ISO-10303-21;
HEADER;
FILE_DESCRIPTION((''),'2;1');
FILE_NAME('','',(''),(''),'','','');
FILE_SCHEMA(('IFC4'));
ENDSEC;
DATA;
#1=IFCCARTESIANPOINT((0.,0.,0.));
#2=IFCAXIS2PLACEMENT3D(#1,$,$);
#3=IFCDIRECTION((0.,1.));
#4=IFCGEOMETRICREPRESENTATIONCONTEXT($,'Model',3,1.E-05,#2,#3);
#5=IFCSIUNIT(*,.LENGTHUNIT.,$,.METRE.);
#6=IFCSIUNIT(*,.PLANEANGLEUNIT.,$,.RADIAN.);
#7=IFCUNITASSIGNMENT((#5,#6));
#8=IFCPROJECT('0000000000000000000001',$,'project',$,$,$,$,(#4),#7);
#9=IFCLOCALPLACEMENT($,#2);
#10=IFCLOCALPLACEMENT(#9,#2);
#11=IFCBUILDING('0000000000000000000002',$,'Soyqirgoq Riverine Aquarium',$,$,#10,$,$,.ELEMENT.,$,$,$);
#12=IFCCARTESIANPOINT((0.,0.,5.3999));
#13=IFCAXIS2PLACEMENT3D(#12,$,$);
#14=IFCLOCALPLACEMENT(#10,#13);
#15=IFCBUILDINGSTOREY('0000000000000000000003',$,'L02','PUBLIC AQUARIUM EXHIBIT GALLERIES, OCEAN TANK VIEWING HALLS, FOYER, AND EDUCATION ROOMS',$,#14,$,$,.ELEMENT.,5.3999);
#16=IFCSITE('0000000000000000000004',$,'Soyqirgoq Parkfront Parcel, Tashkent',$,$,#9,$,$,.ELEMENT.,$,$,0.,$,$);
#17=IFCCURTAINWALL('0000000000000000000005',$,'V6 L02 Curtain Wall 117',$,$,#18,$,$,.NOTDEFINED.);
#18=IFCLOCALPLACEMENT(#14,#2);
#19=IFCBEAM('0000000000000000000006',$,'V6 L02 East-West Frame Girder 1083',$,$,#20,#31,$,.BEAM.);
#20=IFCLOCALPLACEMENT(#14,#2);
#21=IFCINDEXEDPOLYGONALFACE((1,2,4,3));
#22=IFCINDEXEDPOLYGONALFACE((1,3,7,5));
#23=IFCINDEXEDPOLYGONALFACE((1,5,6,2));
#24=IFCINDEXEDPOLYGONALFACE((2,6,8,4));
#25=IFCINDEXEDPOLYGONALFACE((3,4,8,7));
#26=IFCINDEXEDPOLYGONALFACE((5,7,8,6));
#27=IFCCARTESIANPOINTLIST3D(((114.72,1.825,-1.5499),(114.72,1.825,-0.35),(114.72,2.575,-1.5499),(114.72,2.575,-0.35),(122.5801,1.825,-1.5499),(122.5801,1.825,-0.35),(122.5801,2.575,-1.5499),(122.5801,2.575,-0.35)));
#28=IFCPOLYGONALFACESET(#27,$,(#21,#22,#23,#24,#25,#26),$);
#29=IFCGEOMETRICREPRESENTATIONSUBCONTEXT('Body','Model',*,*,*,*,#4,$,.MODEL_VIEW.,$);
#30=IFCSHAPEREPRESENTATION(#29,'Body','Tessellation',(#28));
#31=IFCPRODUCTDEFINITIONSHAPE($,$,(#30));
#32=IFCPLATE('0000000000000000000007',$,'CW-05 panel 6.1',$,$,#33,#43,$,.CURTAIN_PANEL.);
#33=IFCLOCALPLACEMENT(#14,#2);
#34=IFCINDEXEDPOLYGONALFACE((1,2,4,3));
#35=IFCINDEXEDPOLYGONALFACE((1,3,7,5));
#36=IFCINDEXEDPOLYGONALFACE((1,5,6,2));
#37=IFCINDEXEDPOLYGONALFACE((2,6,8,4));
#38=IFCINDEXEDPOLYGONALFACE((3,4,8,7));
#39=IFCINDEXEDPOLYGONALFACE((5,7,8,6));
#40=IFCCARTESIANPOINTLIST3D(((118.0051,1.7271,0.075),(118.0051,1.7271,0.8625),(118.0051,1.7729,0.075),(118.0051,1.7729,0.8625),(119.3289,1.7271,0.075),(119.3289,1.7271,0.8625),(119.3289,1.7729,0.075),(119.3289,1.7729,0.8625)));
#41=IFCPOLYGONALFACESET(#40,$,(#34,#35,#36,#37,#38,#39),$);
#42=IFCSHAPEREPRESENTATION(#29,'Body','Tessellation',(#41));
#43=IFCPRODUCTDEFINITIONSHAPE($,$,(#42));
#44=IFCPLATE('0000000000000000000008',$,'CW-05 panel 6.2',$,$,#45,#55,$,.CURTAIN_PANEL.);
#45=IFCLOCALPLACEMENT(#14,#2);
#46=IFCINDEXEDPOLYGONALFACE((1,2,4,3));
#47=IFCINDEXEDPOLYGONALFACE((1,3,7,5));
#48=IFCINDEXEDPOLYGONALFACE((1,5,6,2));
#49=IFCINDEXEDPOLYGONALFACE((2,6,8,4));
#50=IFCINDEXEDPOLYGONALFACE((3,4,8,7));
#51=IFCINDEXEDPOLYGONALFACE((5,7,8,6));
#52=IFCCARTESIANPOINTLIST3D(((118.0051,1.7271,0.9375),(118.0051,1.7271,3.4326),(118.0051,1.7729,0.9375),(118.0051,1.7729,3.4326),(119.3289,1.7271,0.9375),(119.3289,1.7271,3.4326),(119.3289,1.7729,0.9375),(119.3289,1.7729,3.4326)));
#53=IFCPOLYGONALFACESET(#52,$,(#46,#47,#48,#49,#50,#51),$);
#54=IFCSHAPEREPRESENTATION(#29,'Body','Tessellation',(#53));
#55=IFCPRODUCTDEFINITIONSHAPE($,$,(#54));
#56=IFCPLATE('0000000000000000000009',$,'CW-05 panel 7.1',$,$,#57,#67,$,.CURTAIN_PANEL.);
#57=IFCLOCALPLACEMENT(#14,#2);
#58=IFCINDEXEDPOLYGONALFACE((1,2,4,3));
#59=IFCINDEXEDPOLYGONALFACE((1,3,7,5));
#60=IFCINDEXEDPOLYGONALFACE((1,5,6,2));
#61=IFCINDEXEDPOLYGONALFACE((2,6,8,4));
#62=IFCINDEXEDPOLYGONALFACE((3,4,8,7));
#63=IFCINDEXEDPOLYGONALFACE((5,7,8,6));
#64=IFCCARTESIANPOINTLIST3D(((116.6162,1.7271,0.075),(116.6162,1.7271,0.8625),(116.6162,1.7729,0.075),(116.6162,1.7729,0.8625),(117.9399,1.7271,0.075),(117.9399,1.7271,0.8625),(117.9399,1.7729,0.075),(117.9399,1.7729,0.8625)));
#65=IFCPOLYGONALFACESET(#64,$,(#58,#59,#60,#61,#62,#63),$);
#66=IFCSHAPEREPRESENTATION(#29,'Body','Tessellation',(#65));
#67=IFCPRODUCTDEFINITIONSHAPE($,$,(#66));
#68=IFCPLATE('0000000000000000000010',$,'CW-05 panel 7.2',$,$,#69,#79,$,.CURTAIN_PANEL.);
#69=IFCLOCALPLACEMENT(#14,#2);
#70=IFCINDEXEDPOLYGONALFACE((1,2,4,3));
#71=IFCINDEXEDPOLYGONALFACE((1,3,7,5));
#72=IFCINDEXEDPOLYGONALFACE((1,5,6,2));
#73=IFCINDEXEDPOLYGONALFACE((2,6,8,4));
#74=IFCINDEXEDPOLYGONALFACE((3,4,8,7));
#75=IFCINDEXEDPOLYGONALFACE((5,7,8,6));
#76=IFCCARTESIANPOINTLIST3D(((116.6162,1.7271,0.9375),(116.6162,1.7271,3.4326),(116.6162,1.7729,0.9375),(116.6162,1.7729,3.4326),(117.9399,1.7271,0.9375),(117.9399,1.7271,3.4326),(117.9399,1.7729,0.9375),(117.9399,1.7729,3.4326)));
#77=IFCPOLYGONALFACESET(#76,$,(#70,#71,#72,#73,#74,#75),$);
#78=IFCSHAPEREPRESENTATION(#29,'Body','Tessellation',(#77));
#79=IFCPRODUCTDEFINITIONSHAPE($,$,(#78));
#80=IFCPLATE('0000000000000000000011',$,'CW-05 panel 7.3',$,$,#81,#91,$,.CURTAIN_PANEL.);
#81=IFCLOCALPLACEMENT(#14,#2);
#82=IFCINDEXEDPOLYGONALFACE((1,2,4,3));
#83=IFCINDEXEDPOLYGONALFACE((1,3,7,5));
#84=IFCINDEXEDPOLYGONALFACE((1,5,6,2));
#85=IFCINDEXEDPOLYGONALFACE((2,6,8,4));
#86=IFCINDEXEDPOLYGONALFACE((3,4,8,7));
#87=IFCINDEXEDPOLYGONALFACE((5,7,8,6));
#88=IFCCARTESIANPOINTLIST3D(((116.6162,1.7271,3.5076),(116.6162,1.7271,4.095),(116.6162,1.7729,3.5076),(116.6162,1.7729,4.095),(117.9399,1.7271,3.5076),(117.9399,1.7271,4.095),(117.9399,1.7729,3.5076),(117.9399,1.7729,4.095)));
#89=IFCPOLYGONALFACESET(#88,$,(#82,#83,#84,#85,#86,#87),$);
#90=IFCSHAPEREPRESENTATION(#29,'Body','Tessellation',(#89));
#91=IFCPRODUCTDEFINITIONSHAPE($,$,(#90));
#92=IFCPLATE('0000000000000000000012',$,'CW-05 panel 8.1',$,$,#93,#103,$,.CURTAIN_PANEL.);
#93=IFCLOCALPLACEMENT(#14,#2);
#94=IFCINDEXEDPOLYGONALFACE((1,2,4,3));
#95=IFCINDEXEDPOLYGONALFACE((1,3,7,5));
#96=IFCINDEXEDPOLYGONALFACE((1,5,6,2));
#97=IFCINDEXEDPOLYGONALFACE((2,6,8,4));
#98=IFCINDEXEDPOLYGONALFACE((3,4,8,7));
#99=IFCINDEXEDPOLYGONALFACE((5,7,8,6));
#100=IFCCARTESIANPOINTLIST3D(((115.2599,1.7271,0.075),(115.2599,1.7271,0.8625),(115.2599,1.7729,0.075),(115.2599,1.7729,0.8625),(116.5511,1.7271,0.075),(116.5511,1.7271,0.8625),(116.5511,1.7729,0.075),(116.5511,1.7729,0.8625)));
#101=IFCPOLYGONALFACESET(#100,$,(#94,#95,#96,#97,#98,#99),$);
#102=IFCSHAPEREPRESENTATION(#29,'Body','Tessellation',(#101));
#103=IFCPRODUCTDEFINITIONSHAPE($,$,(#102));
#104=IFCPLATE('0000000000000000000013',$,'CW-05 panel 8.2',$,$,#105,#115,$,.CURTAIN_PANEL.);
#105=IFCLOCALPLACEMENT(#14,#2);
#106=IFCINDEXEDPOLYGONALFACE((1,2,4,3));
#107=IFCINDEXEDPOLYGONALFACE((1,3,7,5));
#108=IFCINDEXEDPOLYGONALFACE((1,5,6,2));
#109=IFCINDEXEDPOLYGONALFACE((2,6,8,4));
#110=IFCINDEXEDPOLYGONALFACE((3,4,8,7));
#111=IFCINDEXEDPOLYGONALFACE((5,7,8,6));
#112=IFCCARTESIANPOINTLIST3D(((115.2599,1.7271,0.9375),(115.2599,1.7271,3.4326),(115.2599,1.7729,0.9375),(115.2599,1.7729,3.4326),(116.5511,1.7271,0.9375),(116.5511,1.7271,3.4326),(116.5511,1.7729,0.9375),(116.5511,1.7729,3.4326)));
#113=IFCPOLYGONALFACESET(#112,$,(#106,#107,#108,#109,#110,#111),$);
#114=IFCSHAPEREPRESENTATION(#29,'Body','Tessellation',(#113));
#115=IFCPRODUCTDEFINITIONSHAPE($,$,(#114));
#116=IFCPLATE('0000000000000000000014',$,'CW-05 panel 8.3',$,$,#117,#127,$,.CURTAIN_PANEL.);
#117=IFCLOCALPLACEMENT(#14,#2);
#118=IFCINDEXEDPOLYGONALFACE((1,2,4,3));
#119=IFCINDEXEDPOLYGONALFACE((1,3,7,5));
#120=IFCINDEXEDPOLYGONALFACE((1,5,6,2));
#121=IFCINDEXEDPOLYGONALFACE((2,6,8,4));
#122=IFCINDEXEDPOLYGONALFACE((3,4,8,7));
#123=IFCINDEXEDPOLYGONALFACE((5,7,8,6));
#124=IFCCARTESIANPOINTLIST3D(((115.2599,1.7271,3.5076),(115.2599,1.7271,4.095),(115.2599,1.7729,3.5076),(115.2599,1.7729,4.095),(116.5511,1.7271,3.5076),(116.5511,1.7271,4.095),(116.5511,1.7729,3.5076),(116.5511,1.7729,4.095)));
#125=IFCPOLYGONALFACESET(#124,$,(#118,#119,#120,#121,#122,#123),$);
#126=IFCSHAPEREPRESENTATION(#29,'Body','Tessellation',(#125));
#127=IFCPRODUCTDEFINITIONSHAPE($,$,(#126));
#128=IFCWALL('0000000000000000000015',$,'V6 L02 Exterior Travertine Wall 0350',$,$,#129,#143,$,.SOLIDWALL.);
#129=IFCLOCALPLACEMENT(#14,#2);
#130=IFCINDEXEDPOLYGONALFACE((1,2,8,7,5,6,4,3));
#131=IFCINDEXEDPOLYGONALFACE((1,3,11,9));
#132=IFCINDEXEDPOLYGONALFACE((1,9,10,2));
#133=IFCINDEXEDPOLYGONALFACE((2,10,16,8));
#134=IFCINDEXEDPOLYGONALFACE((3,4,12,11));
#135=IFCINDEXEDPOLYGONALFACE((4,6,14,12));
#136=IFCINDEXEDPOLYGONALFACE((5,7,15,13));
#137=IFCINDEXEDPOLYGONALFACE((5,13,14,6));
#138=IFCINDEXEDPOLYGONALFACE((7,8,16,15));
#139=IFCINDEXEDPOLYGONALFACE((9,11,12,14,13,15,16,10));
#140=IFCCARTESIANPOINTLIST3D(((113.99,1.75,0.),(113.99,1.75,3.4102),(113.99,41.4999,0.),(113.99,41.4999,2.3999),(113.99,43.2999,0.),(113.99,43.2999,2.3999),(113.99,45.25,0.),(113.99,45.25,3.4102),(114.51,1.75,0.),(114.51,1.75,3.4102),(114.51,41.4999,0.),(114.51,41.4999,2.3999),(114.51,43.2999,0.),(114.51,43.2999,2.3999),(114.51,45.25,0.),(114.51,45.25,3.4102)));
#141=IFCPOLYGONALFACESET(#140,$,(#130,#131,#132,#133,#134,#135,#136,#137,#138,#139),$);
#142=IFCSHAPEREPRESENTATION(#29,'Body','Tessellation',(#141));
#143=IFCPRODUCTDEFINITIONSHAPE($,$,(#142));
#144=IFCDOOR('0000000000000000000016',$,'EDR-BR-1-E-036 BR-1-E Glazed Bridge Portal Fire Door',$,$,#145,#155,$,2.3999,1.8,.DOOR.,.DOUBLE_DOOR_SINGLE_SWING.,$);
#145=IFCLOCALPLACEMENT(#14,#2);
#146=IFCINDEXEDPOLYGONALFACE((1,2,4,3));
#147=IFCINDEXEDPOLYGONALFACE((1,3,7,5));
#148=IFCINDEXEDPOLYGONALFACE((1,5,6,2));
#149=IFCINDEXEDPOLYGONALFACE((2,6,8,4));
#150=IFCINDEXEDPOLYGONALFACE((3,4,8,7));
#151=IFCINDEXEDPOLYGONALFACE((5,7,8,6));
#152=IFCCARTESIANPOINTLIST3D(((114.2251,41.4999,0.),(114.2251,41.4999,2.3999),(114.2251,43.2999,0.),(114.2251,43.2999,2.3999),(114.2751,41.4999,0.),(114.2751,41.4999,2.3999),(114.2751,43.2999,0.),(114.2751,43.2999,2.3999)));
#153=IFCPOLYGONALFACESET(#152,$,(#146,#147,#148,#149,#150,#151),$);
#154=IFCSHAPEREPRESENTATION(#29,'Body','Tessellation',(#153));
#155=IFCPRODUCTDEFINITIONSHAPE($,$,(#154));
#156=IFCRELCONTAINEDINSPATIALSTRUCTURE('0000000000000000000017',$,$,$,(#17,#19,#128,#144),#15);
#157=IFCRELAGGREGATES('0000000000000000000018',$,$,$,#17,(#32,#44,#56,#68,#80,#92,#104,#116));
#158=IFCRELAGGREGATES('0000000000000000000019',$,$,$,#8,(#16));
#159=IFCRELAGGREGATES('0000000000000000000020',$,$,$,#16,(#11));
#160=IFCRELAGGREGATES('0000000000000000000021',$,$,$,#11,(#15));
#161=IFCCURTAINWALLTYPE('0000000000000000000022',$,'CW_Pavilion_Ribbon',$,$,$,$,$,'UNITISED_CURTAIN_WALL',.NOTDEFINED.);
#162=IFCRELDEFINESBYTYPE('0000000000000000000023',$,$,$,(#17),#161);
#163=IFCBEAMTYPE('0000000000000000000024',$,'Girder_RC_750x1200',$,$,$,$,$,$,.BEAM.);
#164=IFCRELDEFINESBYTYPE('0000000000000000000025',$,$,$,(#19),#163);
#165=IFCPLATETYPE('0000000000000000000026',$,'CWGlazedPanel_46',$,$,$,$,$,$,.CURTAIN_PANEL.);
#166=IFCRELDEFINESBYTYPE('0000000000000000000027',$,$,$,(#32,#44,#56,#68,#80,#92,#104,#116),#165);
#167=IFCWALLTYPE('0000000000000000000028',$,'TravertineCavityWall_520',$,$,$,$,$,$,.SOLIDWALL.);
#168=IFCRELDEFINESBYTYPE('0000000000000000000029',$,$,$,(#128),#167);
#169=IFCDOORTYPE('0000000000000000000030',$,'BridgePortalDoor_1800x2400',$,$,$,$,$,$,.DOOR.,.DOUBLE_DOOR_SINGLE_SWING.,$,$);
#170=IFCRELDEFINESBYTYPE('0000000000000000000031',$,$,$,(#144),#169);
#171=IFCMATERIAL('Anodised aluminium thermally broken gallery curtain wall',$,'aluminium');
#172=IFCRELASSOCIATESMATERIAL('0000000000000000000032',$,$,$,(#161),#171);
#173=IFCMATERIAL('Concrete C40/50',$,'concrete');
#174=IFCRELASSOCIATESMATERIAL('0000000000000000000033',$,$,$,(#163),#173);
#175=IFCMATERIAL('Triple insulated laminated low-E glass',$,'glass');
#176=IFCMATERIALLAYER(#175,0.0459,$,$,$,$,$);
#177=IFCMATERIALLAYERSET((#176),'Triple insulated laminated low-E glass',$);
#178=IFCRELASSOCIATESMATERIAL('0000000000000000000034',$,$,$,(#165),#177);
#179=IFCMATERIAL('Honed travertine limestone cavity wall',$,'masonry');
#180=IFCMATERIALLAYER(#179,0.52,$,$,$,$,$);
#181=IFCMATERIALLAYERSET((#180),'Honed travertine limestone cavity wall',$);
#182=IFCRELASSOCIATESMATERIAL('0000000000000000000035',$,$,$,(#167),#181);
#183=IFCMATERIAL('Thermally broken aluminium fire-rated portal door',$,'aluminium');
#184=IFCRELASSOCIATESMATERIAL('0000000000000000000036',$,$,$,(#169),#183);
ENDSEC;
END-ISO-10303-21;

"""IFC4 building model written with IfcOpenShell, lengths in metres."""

from ifc_helpers import new_model, si_unit, direction, frame, frame_2d, origin, origin_2d, place, context, subcontext, project, spatial, rectangle, extrude, material, layer, layer_set, material_profile, profile_set, type_object, element, fill, aggregate, save


model = new_model("IFC4")

# Units and contexts
model_context = context("Model", 3, precision=1e-05, world=origin(), true_north=direction((0.0, 1.0)))
body_context = subcontext(model_context, "Body", "Model", "MODEL_VIEW")
ifc_project = project(units=[si_unit("LENGTHUNIT", "METRE"), si_unit("PLANEANGLEUNIT", "RADIAN")], contexts=[model_context])

# Site, building, storey
site_placement = place(None, origin())
site = spatial("IfcSite", under=ifc_project, at=site_placement, Name="Soyqirgoq Parkfront Parcel, Tashkent", CompositionType="ELEMENT", RefElevation=0.0)
building_placement = place(site_placement, origin())
building = spatial("IfcBuilding", under=site, at=building_placement, Name="Soyqirgoq Riverine Aquarium", CompositionType="ELEMENT")
storey_placement = place(building_placement, frame((0.0, 0.0, 5.3999)))
storey = spatial("IfcBuildingStorey", under=building, at=storey_placement, Name="L02", Description="PUBLIC AQUARIUM EXHIBIT GALLERIES, OCEAN TANK VIEWING HALLS, FOYER, AND EDUCATION ROOMS", CompositionType="ELEMENT", Elevation=5.3999)

# Curtain wall
ifc_material_1 = material(Name="Anodised aluminium thermally broken gallery curtain wall", Category="aluminium")
curtain_wall_type = type_object("IfcCurtainWallType", Name="CW_Pavilion_Ribbon", ElementType="UNITISED_CURTAIN_WALL", PredefinedType="NOTDEFINED", material=ifc_material_1)
curtain_wall_placement = place(storey_placement, origin())
curtain_wall = element("IfcCurtainWall", 1, at=curtain_wall_placement, inside=storey, type_object=curtain_wall_type, Name="V6 L02 Curtain Wall 117", PredefinedType="NOTDEFINED")

# Beam
ifc_material_2 = material(Name="Concrete C40/50", Category="concrete")
ifc_material_profile_1 = material_profile(ifc_material_2, rectangle(XDim=0.75, YDim=1.2, at=origin_2d()), Name="RC 750x1200")
ifc_profile_set_1 = profile_set([ifc_material_profile_1], Name="Concrete C40/50")
beam_type_1 = type_object("IfcBeamType", Name="Girder_RC_750x1200", PredefinedType="BEAM", material=ifc_profile_set_1)
beam_1_placement = place(storey_placement, frame((114.72, 2.2, -0.95), z_axis=(1.0, 0.0, 0.0), x_axis=(0.0, 1.0, 0.0)))
element("IfcBeam", 2, at=beam_1_placement, inside=storey, type_object=beam_type_1, Name="V6 L02 East-West Frame Girder 1083", PredefinedType="BEAM", context=body_context, shape_type="SweptSolid", body=[
    extrude(rectangle(XDim=0.75, YDim=1.2, at=origin_2d()), origin(), (0.0, 0.0, 1.0), 7.8601),
])

# Plates
ifc_material_3 = material(Name="Triple insulated laminated low-E glass", Category="glass")
ifc_layer_1 = layer(ifc_material_3, 0.0459)
ifc_layer_set_1 = layer_set([ifc_layer_1], Name="Triple insulated laminated low-E glass")
plate_type = type_object("IfcPlateType", Name="CWGlazedPanel_46", PredefinedType="CURTAIN_PANEL", material=ifc_layer_set_1)
plate_1_placement = place(storey_placement, frame((118.667, 1.75, 0.075), z_axis=(0.0, 0.0, 1.0), x_axis=(-1.0, 0.0, 0.0)))
plate_1 = element("IfcPlate", 3, at=plate_1_placement, type_object=plate_type, Name="CW-05 panel 6.1", PredefinedType="CURTAIN_PANEL", context=body_context, shape_type="SweptSolid", body=[
    extrude(rectangle(XDim=1.3237, YDim=0.0459, at=origin_2d()), origin(), (0.0, 0.0, 1.0), 0.7876),
])
plate_2_placement = place(storey_placement, frame((118.667, 1.75, 0.9375), z_axis=(0.0, 0.0, 1.0), x_axis=(-1.0, 0.0, 0.0)))
plate_2 = element("IfcPlate", 4, at=plate_2_placement, type_object=plate_type, Name="CW-05 panel 6.2", PredefinedType="CURTAIN_PANEL", context=body_context, shape_type="SweptSolid", body=[
    extrude(rectangle(XDim=1.3237, YDim=0.0459, at=origin_2d()), origin(), (0.0, 0.0, 1.0), 2.4951),
])
plate_3_placement = place(storey_placement, frame((117.2781, 1.75, 0.075), z_axis=(0.0, 0.0, 1.0), x_axis=(-1.0, 0.0, 0.0)))
plate_3 = element("IfcPlate", 5, at=plate_3_placement, type_object=plate_type, Name="CW-05 panel 7.1", PredefinedType="CURTAIN_PANEL", context=body_context, shape_type="SweptSolid", body=[
    extrude(rectangle(XDim=1.3237, YDim=0.0459, at=origin_2d()), origin(), (0.0, 0.0, 1.0), 0.7876),
])
plate_4_placement = place(storey_placement, frame((117.2781, 1.75, 0.9375), z_axis=(0.0, 0.0, 1.0), x_axis=(-1.0, 0.0, 0.0)))
plate_4 = element("IfcPlate", 6, at=plate_4_placement, type_object=plate_type, Name="CW-05 panel 7.2", PredefinedType="CURTAIN_PANEL", context=body_context, shape_type="SweptSolid", body=[
    extrude(rectangle(XDim=1.3237, YDim=0.0459, at=origin_2d()), origin(), (0.0, 0.0, 1.0), 2.4951),
])
plate_5_placement = place(storey_placement, frame((117.2781, 1.75, 3.5076), z_axis=(0.0, 0.0, 1.0), x_axis=(-1.0, 0.0, 0.0)))
plate_5 = element("IfcPlate", 7, at=plate_5_placement, type_object=plate_type, Name="CW-05 panel 7.3", PredefinedType="CURTAIN_PANEL", context=body_context, shape_type="SweptSolid", body=[
    extrude(rectangle(XDim=1.3237, YDim=0.0459, at=origin_2d()), origin(), (0.0, 0.0, 1.0), 0.5874),
])
plate_6_placement = place(storey_placement, frame((115.9055, 1.75, 0.075), z_axis=(0.0, 0.0, 1.0), x_axis=(-1.0, 0.0, 0.0)))
plate_6 = element("IfcPlate", 8, at=plate_6_placement, type_object=plate_type, Name="CW-05 panel 8.1", PredefinedType="CURTAIN_PANEL", context=body_context, shape_type="SweptSolid", body=[
    extrude(rectangle(XDim=1.2913, YDim=0.0459, at=origin_2d()), origin(), (0.0, 0.0, 1.0), 0.7876),
])
plate_7_placement = place(storey_placement, frame((115.9055, 1.75, 0.9375), z_axis=(0.0, 0.0, 1.0), x_axis=(-1.0, 0.0, 0.0)))
plate_7 = element("IfcPlate", 9, at=plate_7_placement, type_object=plate_type, Name="CW-05 panel 8.2", PredefinedType="CURTAIN_PANEL", context=body_context, shape_type="SweptSolid", body=[
    extrude(rectangle(XDim=1.2913, YDim=0.0459, at=origin_2d()), origin(), (0.0, 0.0, 1.0), 2.4951),
])
plate_8_placement = place(storey_placement, frame((115.9055, 1.75, 3.5076), z_axis=(0.0, 0.0, 1.0), x_axis=(-1.0, 0.0, 0.0)))
plate_8 = element("IfcPlate", 10, at=plate_8_placement, type_object=plate_type, Name="CW-05 panel 8.3", PredefinedType="CURTAIN_PANEL", context=body_context, shape_type="SweptSolid", body=[
    extrude(rectangle(XDim=1.2913, YDim=0.0459, at=origin_2d()), origin(), (0.0, 0.0, 1.0), 0.5874),
])
aggregate(curtain_wall, [plate_1, plate_2, plate_3, plate_4, plate_5, plate_6, plate_7, plate_8])

# Wall, opening, door
ifc_material_4 = material(Name="Honed travertine limestone cavity wall", Category="masonry")
ifc_layer_2 = layer(ifc_material_4, 0.52)
ifc_layer_set_2 = layer_set([ifc_layer_2], Name="Honed travertine limestone cavity wall")
wall_type = type_object("IfcWallType", Name="TravertineCavityWall_520", PredefinedType="SOLIDWALL", material=ifc_layer_set_2)
wall_placement = place(storey_placement, frame((114.25, 1.75, 0.0), z_axis=(0.0, 0.0, 1.0), x_axis=(0.0, 1.0, 0.0)))
wall = element("IfcWall", 11, at=wall_placement, inside=storey, type_object=wall_type, Name="V6 L02 Exterior Travertine Wall 0350", PredefinedType="SOLIDWALL", context=body_context, shape_type="SweptSolid", body=[
    extrude(rectangle(XDim=43.5, YDim=0.52, at=frame_2d((21.75, 0.0))), origin(), (0.0, 0.0, 1.0), 3.4102),
])
opening_placement = place(wall_placement, frame((39.75, 0.0, 0.0)))
opening = element("IfcOpeningElement", 12, at=opening_placement, cuts=wall, PredefinedType="OPENING", context=body_context, shape_type="SweptSolid", body=[
    extrude(rectangle(XDim=1.8, YDim=2.3999, at=frame_2d((0.8999, 1.2))), frame((0.0, 0.27, 0.0), z_axis=(0.0, -1.0, 0.0), x_axis=(1.0, 0.0, 0.0)), (0.0, 0.0, 1.0), 0.54),
])
ifc_material_5 = material(Name="Thermally broken aluminium fire-rated portal door", Category="aluminium")
door_type = type_object("IfcDoorType", Name="BridgePortalDoor_1800x2400", OperationType="DOUBLE_DOOR_SINGLE_SWING", PredefinedType="DOOR", material=ifc_material_5)
door_placement = place(opening_placement, origin())
door = element("IfcDoor", 13, at=door_placement, inside=storey, type_object=door_type, Name="EDR-BR-1-E-036 BR-1-E Glazed Bridge Portal Fire Door", OperationType="DOUBLE_DOOR_SINGLE_SWING", OverallHeight=2.3999, OverallWidth=1.8, PredefinedType="DOOR", context=body_context, shape_type="SweptSolid", body=[
    extrude(rectangle(XDim=1.8, YDim=2.3999, at=frame_2d((0.8999, 1.2))), frame((0.0, 0.0249, 0.0), z_axis=(0.0, -1.0, 0.0), x_axis=(1.0, 0.0, 0.0)), (0.0, 0.0, 1.0), 0.05),
])
fill(opening, door)

save(model, "model.ifc")
